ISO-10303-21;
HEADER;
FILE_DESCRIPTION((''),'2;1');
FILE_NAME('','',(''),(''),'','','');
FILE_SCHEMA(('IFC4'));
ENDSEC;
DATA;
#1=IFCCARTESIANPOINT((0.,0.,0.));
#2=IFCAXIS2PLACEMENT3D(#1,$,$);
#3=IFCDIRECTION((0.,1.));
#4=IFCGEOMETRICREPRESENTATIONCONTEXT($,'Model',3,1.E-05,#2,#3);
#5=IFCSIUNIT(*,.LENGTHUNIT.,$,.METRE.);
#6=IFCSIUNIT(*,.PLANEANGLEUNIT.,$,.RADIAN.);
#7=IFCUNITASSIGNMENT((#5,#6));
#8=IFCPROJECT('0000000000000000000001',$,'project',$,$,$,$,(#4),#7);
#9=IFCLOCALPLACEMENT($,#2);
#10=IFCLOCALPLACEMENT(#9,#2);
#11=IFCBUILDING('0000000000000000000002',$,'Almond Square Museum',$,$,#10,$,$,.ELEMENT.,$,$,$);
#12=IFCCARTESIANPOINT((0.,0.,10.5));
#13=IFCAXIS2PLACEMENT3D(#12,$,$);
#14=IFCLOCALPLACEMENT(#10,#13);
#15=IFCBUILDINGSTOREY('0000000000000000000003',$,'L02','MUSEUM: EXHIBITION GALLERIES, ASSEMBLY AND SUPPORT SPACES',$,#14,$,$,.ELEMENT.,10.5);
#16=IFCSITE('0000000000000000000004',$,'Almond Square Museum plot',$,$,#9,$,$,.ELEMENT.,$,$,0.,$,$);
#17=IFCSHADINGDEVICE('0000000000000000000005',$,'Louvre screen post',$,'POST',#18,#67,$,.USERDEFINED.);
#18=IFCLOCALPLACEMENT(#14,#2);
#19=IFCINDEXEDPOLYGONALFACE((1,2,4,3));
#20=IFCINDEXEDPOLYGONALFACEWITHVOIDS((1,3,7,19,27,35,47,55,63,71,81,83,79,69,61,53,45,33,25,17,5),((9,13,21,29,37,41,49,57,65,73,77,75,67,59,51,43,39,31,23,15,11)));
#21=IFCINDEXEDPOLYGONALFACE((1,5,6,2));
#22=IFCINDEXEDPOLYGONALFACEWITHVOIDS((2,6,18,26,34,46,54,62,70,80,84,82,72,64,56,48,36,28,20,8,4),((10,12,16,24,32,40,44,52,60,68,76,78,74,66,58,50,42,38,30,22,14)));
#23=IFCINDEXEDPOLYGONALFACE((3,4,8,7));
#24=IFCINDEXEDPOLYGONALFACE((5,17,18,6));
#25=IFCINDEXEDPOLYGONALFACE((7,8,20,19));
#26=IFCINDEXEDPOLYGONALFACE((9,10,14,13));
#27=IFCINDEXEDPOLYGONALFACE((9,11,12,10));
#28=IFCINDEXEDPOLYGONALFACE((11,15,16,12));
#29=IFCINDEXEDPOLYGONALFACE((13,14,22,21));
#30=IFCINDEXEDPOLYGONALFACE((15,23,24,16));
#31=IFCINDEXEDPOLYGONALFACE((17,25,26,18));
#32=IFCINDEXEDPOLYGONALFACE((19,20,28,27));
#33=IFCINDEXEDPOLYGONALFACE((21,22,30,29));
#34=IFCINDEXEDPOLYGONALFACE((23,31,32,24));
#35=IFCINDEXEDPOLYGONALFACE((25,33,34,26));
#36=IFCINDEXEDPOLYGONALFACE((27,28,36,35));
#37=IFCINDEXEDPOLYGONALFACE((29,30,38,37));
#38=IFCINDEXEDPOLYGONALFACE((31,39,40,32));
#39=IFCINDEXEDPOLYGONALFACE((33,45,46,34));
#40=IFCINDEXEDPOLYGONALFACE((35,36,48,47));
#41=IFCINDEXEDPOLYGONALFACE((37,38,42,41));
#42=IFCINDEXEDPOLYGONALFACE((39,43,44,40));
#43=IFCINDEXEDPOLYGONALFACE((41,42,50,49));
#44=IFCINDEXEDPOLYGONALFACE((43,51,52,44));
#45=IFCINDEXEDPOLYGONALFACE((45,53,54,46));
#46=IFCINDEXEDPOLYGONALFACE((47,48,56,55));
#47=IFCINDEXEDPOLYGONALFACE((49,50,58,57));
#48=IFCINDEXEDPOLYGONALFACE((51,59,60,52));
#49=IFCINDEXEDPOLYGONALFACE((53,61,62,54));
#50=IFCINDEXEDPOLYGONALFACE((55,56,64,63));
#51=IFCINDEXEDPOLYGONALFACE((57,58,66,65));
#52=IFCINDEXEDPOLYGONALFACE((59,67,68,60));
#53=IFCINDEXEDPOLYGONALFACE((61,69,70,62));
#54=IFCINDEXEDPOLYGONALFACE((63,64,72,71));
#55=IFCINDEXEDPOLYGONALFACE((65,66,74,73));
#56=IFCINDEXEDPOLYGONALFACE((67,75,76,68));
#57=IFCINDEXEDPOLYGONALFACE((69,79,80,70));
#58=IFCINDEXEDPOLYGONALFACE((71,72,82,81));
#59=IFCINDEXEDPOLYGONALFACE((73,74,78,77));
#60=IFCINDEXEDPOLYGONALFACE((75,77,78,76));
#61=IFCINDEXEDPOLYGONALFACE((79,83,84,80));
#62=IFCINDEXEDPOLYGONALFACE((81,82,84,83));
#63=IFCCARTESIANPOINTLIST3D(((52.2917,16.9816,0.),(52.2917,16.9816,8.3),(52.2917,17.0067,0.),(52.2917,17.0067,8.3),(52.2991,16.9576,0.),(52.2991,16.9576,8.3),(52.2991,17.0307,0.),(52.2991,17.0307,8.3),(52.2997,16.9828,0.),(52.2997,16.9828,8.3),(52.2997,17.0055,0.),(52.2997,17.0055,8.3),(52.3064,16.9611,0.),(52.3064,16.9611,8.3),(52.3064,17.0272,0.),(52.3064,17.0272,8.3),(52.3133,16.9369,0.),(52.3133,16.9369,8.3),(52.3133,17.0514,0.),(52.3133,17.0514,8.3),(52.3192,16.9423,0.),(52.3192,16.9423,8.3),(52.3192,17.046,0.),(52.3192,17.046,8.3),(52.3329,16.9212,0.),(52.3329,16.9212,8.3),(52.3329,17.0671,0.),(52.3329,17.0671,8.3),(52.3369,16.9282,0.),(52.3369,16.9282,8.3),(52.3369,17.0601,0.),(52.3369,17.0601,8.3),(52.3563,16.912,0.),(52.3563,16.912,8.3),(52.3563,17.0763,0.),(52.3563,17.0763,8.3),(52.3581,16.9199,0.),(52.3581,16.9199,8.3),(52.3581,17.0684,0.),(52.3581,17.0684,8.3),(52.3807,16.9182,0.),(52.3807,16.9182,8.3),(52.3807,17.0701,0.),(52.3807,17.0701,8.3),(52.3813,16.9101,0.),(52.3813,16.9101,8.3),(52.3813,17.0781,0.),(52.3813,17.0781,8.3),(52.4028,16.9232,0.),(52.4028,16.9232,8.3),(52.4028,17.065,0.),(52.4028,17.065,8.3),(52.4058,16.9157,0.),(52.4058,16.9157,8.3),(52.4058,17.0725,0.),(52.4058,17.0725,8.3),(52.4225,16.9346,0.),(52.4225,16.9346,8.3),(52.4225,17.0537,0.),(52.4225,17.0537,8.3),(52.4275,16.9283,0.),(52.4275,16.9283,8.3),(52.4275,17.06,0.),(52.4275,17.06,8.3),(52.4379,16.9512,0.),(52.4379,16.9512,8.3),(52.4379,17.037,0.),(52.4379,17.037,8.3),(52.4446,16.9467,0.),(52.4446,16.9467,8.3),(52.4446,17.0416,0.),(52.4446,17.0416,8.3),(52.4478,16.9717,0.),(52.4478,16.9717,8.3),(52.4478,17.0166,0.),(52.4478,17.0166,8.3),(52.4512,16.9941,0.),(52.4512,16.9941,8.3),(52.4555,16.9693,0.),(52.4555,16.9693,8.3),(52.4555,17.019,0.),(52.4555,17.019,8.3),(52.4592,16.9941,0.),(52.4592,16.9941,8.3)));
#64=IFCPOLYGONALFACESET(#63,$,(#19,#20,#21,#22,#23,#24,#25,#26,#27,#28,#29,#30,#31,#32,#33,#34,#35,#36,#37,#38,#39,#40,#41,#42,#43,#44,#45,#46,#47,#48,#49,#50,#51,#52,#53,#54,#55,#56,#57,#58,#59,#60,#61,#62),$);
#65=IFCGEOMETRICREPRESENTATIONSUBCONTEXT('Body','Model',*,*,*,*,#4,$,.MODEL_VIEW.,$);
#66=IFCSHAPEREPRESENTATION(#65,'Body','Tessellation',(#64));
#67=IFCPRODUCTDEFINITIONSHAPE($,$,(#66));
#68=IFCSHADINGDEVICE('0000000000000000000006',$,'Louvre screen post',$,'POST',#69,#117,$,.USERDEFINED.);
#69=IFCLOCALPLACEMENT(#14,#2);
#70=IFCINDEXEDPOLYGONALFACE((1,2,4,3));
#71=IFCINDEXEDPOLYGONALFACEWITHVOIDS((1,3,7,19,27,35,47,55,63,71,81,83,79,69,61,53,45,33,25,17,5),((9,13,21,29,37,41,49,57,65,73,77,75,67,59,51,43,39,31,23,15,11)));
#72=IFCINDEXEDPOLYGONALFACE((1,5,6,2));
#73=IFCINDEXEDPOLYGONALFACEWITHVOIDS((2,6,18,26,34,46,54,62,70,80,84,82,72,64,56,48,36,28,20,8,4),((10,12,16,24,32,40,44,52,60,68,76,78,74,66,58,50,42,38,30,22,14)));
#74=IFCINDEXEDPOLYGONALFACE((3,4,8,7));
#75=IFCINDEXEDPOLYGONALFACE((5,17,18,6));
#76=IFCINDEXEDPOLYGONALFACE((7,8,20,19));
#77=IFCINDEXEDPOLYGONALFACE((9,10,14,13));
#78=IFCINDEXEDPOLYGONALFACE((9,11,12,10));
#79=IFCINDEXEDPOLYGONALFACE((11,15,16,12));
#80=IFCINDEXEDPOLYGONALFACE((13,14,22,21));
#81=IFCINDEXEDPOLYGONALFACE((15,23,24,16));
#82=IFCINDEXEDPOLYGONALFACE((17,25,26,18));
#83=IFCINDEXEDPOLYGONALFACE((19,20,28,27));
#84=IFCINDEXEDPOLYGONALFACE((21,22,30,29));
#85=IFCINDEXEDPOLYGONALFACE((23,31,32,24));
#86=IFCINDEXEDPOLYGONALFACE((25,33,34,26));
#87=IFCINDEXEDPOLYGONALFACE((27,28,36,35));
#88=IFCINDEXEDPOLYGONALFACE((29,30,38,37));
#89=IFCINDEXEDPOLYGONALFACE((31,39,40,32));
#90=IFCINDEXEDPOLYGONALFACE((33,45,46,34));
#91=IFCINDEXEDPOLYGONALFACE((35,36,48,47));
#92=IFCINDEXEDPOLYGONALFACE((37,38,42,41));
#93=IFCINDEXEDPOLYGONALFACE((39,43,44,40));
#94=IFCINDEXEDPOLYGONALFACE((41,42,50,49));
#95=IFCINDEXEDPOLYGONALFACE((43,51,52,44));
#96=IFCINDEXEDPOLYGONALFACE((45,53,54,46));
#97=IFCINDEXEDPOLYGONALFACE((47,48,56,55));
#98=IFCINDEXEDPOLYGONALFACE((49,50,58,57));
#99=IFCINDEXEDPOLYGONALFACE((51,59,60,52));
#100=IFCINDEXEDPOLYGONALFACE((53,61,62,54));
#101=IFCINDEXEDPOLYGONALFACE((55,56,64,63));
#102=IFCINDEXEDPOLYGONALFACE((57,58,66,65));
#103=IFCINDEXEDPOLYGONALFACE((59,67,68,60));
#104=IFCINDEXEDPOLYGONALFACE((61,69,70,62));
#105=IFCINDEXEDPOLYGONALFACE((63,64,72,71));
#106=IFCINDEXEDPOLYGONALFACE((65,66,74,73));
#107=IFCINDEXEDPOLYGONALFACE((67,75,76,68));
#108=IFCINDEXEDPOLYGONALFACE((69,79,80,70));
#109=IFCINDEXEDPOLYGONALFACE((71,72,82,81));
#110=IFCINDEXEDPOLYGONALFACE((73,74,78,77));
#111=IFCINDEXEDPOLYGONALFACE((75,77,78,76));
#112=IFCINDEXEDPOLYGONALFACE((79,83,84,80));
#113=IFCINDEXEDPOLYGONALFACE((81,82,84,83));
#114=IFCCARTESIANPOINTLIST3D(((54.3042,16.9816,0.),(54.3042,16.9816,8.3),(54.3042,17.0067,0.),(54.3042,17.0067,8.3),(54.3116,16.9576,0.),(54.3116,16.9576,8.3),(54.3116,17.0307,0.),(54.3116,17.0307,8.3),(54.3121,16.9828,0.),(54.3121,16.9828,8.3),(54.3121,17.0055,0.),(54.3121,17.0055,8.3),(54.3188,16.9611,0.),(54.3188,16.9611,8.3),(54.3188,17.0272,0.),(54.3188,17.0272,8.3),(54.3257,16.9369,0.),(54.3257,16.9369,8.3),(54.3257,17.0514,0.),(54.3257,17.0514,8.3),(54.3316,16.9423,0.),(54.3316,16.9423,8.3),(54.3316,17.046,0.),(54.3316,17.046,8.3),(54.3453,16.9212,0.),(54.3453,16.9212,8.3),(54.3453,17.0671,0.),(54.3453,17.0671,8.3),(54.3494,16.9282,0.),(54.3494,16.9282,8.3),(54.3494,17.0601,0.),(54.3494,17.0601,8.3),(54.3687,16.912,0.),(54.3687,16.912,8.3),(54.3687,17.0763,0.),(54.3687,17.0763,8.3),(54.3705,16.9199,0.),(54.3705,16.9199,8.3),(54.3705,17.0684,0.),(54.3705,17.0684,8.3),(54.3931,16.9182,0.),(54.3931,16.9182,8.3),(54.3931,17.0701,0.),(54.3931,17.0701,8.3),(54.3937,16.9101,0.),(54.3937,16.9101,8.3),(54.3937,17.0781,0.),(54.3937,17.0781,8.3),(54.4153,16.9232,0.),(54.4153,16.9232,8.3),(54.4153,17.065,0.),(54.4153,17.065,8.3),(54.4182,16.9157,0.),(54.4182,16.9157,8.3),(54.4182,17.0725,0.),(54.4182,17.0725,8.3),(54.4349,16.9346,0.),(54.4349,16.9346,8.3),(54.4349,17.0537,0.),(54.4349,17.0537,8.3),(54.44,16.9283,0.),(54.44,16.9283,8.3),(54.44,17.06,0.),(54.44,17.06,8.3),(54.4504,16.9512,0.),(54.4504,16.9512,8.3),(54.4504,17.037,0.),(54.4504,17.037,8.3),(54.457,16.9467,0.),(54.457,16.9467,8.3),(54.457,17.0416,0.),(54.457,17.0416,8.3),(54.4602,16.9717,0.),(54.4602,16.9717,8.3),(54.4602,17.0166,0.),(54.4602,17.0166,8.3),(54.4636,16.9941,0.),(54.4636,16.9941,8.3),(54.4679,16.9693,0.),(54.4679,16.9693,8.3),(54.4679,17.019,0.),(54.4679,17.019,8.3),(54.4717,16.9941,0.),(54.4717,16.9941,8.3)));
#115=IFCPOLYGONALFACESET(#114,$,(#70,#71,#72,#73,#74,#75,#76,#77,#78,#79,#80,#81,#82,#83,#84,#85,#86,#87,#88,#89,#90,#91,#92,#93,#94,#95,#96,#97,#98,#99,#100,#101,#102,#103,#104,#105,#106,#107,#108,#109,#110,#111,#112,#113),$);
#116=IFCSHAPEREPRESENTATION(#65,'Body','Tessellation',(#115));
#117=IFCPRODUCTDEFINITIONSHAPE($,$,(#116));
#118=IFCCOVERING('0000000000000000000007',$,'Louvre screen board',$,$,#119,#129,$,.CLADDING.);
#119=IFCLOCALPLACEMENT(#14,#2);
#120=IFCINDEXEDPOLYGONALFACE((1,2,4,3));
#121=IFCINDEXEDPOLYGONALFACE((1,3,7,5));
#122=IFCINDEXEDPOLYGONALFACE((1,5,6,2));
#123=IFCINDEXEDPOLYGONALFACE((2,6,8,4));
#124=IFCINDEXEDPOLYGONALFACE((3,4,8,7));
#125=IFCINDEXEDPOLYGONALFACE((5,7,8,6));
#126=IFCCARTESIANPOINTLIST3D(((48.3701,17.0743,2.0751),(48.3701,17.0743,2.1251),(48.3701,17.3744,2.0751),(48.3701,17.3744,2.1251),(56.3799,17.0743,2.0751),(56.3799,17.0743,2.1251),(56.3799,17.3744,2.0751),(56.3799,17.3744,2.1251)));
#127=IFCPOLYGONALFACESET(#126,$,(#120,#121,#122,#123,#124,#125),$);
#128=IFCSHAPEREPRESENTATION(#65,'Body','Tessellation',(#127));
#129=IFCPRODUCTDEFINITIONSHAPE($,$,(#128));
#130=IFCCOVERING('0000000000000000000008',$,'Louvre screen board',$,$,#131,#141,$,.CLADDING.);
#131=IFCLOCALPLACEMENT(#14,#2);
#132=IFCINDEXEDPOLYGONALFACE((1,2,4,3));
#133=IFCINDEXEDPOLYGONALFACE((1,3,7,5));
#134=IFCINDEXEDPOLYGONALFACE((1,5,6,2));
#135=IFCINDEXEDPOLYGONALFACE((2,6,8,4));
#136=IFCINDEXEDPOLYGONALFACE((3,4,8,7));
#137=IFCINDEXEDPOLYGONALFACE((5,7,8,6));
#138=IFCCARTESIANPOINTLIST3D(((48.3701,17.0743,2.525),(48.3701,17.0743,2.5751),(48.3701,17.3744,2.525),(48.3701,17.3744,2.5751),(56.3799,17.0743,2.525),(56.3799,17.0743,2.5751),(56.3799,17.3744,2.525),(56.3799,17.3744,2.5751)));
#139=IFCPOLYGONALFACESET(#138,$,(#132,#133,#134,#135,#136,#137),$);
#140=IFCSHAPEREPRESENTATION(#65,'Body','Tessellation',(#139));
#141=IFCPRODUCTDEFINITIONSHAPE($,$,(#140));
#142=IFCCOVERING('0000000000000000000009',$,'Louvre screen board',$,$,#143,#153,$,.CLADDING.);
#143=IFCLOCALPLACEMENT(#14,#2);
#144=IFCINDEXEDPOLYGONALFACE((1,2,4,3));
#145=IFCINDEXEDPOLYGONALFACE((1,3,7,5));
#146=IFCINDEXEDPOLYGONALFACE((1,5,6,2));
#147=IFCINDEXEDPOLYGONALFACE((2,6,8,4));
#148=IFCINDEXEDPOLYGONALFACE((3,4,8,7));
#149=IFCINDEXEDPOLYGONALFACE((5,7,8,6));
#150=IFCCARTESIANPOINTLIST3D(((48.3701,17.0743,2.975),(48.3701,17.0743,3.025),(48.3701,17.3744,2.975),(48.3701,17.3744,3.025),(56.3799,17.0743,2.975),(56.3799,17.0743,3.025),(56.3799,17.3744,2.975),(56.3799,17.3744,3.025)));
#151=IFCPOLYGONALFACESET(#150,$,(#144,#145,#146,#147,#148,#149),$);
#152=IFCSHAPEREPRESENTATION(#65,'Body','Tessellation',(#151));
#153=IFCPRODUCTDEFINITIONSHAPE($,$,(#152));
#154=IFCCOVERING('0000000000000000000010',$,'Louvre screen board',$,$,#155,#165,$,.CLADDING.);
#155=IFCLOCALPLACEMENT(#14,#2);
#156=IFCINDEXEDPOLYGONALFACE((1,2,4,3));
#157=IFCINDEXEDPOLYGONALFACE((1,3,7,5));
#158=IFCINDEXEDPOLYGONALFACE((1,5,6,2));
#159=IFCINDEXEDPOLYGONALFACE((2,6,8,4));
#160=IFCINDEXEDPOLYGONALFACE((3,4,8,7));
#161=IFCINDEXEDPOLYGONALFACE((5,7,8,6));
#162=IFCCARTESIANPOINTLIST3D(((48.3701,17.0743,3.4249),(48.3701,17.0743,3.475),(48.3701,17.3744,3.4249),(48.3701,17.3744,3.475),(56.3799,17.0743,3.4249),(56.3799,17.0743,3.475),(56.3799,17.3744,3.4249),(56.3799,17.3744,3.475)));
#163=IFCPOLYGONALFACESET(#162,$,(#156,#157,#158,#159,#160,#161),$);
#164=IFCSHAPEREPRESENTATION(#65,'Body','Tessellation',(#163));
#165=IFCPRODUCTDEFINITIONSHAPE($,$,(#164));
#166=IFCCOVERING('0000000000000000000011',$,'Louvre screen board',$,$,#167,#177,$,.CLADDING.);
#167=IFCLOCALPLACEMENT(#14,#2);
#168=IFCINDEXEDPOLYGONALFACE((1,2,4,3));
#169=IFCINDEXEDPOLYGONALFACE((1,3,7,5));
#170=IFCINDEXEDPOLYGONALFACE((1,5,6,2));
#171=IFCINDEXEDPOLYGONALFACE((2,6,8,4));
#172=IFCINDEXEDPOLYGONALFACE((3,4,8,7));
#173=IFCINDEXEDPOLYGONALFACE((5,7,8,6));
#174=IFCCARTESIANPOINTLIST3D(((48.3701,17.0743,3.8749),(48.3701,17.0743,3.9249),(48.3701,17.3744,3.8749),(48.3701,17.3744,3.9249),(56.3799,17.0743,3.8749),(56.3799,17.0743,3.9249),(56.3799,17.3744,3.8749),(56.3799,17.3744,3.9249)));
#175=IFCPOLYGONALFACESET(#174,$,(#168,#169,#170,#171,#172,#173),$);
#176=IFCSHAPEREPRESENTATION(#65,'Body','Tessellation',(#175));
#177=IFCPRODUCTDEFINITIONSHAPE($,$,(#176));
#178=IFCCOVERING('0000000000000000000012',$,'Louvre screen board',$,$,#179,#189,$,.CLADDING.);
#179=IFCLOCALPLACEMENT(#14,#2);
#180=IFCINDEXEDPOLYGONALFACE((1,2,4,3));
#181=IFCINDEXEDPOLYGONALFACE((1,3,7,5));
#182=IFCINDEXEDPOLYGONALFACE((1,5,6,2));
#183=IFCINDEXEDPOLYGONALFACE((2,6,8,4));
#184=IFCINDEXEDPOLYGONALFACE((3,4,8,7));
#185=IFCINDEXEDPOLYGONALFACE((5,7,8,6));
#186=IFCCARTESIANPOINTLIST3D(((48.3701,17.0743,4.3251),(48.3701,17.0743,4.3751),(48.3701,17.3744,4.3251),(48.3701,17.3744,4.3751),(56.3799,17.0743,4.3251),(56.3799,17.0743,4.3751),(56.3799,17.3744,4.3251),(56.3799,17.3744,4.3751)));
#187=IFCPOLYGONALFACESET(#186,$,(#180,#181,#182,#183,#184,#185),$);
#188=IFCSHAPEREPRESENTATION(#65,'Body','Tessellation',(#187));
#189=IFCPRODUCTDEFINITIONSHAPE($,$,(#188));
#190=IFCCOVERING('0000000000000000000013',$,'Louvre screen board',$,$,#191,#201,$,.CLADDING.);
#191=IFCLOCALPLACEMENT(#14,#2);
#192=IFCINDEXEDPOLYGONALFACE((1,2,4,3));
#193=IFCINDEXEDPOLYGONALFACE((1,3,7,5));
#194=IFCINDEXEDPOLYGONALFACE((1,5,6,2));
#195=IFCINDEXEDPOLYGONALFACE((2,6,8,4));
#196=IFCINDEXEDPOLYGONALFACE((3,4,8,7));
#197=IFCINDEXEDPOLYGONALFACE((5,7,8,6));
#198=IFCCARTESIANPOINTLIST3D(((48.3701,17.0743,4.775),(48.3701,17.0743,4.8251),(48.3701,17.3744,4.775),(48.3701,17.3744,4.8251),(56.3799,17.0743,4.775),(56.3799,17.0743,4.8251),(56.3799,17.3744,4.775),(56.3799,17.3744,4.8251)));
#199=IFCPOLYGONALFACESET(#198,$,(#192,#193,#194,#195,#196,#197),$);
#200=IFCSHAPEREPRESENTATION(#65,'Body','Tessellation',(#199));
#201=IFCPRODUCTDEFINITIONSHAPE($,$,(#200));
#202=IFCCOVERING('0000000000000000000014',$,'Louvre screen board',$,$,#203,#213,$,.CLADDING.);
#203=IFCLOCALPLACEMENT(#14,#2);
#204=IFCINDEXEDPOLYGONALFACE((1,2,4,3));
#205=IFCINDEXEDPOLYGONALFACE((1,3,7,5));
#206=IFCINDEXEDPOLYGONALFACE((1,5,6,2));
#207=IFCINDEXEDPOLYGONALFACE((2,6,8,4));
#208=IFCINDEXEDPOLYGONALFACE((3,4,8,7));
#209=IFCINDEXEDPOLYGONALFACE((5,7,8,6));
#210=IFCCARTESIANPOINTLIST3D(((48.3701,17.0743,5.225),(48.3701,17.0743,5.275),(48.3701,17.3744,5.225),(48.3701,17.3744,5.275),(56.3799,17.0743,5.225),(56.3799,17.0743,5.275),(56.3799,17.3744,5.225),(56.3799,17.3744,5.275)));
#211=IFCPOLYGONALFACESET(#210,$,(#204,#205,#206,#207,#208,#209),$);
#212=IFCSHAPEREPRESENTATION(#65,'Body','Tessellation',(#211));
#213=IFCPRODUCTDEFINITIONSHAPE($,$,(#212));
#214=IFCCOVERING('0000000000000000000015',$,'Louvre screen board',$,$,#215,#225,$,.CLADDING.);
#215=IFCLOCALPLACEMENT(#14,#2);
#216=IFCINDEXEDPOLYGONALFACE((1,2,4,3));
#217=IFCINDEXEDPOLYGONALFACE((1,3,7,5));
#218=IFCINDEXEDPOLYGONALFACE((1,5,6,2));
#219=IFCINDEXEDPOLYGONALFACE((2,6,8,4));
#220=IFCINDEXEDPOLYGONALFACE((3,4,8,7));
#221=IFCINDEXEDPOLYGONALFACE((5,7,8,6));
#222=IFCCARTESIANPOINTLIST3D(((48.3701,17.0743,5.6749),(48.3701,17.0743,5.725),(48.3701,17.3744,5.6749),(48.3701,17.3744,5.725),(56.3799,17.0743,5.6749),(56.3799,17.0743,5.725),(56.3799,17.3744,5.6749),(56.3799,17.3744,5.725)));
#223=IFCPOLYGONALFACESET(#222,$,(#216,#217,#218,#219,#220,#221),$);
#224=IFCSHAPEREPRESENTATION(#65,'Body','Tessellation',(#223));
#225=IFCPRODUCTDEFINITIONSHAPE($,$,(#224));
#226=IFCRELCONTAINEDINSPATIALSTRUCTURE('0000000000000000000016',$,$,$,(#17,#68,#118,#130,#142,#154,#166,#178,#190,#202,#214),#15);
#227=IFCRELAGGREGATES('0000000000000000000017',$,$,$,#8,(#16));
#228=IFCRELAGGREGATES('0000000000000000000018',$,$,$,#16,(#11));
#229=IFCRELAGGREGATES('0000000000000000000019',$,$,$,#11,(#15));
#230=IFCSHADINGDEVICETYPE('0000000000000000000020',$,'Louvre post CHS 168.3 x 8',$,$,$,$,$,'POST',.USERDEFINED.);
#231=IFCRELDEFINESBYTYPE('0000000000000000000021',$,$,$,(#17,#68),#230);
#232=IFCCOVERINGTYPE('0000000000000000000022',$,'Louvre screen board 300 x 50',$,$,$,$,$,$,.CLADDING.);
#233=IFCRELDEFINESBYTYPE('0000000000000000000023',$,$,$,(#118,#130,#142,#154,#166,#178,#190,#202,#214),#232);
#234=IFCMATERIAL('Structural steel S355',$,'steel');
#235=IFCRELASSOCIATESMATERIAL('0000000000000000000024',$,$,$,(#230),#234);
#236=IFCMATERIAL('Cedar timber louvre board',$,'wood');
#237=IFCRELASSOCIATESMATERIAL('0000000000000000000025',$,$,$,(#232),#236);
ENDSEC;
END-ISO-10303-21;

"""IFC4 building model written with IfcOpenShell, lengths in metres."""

from ifc_helpers import new_model, si_unit, direction, frame, origin, origin_2d, place, context, subcontext, project, spatial, rectangle, hollow_circle, extrude, material, material_profile, profile_set, type_object, element, save


model = new_model("IFC4")

# Units and contexts
model_context = context("Model", 3, precision=1e-05, world=origin(), true_north=direction((0.0, 1.0)))
body_context = subcontext(model_context, "Body", "Model", "MODEL_VIEW")
ifc_project = project(units=[si_unit("LENGTHUNIT", "METRE"), si_unit("PLANEANGLEUNIT", "RADIAN")], contexts=[model_context])

# Site, building, storey
site_placement = place(None, origin())
site = spatial("IfcSite", under=ifc_project, at=site_placement, Name="Almond Square Museum plot", CompositionType="ELEMENT", RefElevation=0.0)
building_placement = place(site_placement, origin())
building = spatial("IfcBuilding", under=site, at=building_placement, Name="Almond Square Museum", CompositionType="ELEMENT")
storey_placement = place(building_placement, frame((0.0, 0.0, 10.5)))
storey = spatial("IfcBuildingStorey", under=building, at=storey_placement, Name="L02", Description="MUSEUM: EXHIBITION GALLERIES, ASSEMBLY AND SUPPORT SPACES", CompositionType="ELEMENT", Elevation=10.5)

# Shading devices
ifc_material_1 = material(Name="Structural steel S355", Category="steel")
ifc_material_profile_1 = material_profile(ifc_material_1, hollow_circle(Radius=0.0842, WallThickness=0.0081, at=origin_2d()))
ifc_profile_set_1 = profile_set([ifc_material_profile_1], Name="Structural steel S355")
shading_device_type = type_object("IfcShadingDeviceType", Name="Louvre post CHS 168.3 x 8", ElementType="POST", PredefinedType="USERDEFINED", material=ifc_profile_set_1)
for number, where, z_axis, x_axis, name in (
    (1, (52.375, 16.9941, 0.0), (0.0, 0.0, 1.0), (1.0, 0.0, 0.0), "Louvre screen post"),
    (2, (54.3875, 16.9941, 0.0), (0.0, 0.0, 1.0), (1.0, 0.0, 0.0), "Louvre screen post"),
):
    element("IfcShadingDevice", number, at=place(storey_placement, frame(where, z_axis=z_axis, x_axis=x_axis)), inside=storey, type_object=shading_device_type, Name=name, ObjectType="POST", PredefinedType="USERDEFINED", context=body_context, shape_type="SweptSolid", body=[
        extrude(hollow_circle(Radius=0.0842, WallThickness=0.0081, at=origin_2d()), origin(), (0.0, 0.0, 1.0), 8.3),
    ])

# Coverings
ifc_material_2 = material(Name="Cedar timber louvre board", Category="wood")
ifc_material_profile_2 = material_profile(ifc_material_2, rectangle(XDim=0.3, YDim=0.05, at=origin_2d()))
ifc_profile_set_2 = profile_set([ifc_material_profile_2], Name="Cedar timber louvre board")
covering_type = type_object("IfcCoveringType", Name="Louvre screen board 300 x 50", PredefinedType="CLADDING", material=ifc_profile_set_2)
for number, where, z_axis, x_axis, name in (
    (3, (48.3701, 17.2244, 2.1001), (1.0, 0.0, 0.0), (0.0, 1.0, 0.0), "Louvre screen board"),
    (4, (48.3701, 17.2244, 2.55), (1.0, 0.0, 0.0), (0.0, 1.0, 0.0), "Louvre screen board"),
    (5, (48.3701, 17.2244, 3.0), (1.0, 0.0, 0.0), (0.0, 1.0, 0.0), "Louvre screen board"),
    (6, (48.3701, 17.2244, 3.45), (1.0, 0.0, 0.0), (0.0, 1.0, 0.0), "Louvre screen board"),
    (7, (48.3701, 17.2244, 3.8999), (1.0, 0.0, 0.0), (0.0, 1.0, 0.0), "Louvre screen board"),
    (8, (48.3701, 17.2244, 4.3501), (1.0, 0.0, 0.0), (0.0, 1.0, 0.0), "Louvre screen board"),
    (9, (48.3701, 17.2244, 4.8), (1.0, 0.0, 0.0), (0.0, 1.0, 0.0), "Louvre screen board"),
    (10, (48.3701, 17.2244, 5.25), (1.0, 0.0, 0.0), (0.0, 1.0, 0.0), "Louvre screen board"),
    (11, (48.3701, 17.2244, 5.7), (1.0, 0.0, 0.0), (0.0, 1.0, 0.0), "Louvre screen board"),
):
    element("IfcCovering", number, at=place(storey_placement, frame(where, z_axis=z_axis, x_axis=x_axis)), inside=storey, type_object=covering_type, Name=name, PredefinedType="CLADDING", context=body_context, shape_type="SweptSolid", body=[
        extrude(rectangle(XDim=0.3, YDim=0.05, at=origin_2d()), origin(), (0.0, 0.0, 1.0), 8.0098),
    ])

save(model, "model.ifc")
